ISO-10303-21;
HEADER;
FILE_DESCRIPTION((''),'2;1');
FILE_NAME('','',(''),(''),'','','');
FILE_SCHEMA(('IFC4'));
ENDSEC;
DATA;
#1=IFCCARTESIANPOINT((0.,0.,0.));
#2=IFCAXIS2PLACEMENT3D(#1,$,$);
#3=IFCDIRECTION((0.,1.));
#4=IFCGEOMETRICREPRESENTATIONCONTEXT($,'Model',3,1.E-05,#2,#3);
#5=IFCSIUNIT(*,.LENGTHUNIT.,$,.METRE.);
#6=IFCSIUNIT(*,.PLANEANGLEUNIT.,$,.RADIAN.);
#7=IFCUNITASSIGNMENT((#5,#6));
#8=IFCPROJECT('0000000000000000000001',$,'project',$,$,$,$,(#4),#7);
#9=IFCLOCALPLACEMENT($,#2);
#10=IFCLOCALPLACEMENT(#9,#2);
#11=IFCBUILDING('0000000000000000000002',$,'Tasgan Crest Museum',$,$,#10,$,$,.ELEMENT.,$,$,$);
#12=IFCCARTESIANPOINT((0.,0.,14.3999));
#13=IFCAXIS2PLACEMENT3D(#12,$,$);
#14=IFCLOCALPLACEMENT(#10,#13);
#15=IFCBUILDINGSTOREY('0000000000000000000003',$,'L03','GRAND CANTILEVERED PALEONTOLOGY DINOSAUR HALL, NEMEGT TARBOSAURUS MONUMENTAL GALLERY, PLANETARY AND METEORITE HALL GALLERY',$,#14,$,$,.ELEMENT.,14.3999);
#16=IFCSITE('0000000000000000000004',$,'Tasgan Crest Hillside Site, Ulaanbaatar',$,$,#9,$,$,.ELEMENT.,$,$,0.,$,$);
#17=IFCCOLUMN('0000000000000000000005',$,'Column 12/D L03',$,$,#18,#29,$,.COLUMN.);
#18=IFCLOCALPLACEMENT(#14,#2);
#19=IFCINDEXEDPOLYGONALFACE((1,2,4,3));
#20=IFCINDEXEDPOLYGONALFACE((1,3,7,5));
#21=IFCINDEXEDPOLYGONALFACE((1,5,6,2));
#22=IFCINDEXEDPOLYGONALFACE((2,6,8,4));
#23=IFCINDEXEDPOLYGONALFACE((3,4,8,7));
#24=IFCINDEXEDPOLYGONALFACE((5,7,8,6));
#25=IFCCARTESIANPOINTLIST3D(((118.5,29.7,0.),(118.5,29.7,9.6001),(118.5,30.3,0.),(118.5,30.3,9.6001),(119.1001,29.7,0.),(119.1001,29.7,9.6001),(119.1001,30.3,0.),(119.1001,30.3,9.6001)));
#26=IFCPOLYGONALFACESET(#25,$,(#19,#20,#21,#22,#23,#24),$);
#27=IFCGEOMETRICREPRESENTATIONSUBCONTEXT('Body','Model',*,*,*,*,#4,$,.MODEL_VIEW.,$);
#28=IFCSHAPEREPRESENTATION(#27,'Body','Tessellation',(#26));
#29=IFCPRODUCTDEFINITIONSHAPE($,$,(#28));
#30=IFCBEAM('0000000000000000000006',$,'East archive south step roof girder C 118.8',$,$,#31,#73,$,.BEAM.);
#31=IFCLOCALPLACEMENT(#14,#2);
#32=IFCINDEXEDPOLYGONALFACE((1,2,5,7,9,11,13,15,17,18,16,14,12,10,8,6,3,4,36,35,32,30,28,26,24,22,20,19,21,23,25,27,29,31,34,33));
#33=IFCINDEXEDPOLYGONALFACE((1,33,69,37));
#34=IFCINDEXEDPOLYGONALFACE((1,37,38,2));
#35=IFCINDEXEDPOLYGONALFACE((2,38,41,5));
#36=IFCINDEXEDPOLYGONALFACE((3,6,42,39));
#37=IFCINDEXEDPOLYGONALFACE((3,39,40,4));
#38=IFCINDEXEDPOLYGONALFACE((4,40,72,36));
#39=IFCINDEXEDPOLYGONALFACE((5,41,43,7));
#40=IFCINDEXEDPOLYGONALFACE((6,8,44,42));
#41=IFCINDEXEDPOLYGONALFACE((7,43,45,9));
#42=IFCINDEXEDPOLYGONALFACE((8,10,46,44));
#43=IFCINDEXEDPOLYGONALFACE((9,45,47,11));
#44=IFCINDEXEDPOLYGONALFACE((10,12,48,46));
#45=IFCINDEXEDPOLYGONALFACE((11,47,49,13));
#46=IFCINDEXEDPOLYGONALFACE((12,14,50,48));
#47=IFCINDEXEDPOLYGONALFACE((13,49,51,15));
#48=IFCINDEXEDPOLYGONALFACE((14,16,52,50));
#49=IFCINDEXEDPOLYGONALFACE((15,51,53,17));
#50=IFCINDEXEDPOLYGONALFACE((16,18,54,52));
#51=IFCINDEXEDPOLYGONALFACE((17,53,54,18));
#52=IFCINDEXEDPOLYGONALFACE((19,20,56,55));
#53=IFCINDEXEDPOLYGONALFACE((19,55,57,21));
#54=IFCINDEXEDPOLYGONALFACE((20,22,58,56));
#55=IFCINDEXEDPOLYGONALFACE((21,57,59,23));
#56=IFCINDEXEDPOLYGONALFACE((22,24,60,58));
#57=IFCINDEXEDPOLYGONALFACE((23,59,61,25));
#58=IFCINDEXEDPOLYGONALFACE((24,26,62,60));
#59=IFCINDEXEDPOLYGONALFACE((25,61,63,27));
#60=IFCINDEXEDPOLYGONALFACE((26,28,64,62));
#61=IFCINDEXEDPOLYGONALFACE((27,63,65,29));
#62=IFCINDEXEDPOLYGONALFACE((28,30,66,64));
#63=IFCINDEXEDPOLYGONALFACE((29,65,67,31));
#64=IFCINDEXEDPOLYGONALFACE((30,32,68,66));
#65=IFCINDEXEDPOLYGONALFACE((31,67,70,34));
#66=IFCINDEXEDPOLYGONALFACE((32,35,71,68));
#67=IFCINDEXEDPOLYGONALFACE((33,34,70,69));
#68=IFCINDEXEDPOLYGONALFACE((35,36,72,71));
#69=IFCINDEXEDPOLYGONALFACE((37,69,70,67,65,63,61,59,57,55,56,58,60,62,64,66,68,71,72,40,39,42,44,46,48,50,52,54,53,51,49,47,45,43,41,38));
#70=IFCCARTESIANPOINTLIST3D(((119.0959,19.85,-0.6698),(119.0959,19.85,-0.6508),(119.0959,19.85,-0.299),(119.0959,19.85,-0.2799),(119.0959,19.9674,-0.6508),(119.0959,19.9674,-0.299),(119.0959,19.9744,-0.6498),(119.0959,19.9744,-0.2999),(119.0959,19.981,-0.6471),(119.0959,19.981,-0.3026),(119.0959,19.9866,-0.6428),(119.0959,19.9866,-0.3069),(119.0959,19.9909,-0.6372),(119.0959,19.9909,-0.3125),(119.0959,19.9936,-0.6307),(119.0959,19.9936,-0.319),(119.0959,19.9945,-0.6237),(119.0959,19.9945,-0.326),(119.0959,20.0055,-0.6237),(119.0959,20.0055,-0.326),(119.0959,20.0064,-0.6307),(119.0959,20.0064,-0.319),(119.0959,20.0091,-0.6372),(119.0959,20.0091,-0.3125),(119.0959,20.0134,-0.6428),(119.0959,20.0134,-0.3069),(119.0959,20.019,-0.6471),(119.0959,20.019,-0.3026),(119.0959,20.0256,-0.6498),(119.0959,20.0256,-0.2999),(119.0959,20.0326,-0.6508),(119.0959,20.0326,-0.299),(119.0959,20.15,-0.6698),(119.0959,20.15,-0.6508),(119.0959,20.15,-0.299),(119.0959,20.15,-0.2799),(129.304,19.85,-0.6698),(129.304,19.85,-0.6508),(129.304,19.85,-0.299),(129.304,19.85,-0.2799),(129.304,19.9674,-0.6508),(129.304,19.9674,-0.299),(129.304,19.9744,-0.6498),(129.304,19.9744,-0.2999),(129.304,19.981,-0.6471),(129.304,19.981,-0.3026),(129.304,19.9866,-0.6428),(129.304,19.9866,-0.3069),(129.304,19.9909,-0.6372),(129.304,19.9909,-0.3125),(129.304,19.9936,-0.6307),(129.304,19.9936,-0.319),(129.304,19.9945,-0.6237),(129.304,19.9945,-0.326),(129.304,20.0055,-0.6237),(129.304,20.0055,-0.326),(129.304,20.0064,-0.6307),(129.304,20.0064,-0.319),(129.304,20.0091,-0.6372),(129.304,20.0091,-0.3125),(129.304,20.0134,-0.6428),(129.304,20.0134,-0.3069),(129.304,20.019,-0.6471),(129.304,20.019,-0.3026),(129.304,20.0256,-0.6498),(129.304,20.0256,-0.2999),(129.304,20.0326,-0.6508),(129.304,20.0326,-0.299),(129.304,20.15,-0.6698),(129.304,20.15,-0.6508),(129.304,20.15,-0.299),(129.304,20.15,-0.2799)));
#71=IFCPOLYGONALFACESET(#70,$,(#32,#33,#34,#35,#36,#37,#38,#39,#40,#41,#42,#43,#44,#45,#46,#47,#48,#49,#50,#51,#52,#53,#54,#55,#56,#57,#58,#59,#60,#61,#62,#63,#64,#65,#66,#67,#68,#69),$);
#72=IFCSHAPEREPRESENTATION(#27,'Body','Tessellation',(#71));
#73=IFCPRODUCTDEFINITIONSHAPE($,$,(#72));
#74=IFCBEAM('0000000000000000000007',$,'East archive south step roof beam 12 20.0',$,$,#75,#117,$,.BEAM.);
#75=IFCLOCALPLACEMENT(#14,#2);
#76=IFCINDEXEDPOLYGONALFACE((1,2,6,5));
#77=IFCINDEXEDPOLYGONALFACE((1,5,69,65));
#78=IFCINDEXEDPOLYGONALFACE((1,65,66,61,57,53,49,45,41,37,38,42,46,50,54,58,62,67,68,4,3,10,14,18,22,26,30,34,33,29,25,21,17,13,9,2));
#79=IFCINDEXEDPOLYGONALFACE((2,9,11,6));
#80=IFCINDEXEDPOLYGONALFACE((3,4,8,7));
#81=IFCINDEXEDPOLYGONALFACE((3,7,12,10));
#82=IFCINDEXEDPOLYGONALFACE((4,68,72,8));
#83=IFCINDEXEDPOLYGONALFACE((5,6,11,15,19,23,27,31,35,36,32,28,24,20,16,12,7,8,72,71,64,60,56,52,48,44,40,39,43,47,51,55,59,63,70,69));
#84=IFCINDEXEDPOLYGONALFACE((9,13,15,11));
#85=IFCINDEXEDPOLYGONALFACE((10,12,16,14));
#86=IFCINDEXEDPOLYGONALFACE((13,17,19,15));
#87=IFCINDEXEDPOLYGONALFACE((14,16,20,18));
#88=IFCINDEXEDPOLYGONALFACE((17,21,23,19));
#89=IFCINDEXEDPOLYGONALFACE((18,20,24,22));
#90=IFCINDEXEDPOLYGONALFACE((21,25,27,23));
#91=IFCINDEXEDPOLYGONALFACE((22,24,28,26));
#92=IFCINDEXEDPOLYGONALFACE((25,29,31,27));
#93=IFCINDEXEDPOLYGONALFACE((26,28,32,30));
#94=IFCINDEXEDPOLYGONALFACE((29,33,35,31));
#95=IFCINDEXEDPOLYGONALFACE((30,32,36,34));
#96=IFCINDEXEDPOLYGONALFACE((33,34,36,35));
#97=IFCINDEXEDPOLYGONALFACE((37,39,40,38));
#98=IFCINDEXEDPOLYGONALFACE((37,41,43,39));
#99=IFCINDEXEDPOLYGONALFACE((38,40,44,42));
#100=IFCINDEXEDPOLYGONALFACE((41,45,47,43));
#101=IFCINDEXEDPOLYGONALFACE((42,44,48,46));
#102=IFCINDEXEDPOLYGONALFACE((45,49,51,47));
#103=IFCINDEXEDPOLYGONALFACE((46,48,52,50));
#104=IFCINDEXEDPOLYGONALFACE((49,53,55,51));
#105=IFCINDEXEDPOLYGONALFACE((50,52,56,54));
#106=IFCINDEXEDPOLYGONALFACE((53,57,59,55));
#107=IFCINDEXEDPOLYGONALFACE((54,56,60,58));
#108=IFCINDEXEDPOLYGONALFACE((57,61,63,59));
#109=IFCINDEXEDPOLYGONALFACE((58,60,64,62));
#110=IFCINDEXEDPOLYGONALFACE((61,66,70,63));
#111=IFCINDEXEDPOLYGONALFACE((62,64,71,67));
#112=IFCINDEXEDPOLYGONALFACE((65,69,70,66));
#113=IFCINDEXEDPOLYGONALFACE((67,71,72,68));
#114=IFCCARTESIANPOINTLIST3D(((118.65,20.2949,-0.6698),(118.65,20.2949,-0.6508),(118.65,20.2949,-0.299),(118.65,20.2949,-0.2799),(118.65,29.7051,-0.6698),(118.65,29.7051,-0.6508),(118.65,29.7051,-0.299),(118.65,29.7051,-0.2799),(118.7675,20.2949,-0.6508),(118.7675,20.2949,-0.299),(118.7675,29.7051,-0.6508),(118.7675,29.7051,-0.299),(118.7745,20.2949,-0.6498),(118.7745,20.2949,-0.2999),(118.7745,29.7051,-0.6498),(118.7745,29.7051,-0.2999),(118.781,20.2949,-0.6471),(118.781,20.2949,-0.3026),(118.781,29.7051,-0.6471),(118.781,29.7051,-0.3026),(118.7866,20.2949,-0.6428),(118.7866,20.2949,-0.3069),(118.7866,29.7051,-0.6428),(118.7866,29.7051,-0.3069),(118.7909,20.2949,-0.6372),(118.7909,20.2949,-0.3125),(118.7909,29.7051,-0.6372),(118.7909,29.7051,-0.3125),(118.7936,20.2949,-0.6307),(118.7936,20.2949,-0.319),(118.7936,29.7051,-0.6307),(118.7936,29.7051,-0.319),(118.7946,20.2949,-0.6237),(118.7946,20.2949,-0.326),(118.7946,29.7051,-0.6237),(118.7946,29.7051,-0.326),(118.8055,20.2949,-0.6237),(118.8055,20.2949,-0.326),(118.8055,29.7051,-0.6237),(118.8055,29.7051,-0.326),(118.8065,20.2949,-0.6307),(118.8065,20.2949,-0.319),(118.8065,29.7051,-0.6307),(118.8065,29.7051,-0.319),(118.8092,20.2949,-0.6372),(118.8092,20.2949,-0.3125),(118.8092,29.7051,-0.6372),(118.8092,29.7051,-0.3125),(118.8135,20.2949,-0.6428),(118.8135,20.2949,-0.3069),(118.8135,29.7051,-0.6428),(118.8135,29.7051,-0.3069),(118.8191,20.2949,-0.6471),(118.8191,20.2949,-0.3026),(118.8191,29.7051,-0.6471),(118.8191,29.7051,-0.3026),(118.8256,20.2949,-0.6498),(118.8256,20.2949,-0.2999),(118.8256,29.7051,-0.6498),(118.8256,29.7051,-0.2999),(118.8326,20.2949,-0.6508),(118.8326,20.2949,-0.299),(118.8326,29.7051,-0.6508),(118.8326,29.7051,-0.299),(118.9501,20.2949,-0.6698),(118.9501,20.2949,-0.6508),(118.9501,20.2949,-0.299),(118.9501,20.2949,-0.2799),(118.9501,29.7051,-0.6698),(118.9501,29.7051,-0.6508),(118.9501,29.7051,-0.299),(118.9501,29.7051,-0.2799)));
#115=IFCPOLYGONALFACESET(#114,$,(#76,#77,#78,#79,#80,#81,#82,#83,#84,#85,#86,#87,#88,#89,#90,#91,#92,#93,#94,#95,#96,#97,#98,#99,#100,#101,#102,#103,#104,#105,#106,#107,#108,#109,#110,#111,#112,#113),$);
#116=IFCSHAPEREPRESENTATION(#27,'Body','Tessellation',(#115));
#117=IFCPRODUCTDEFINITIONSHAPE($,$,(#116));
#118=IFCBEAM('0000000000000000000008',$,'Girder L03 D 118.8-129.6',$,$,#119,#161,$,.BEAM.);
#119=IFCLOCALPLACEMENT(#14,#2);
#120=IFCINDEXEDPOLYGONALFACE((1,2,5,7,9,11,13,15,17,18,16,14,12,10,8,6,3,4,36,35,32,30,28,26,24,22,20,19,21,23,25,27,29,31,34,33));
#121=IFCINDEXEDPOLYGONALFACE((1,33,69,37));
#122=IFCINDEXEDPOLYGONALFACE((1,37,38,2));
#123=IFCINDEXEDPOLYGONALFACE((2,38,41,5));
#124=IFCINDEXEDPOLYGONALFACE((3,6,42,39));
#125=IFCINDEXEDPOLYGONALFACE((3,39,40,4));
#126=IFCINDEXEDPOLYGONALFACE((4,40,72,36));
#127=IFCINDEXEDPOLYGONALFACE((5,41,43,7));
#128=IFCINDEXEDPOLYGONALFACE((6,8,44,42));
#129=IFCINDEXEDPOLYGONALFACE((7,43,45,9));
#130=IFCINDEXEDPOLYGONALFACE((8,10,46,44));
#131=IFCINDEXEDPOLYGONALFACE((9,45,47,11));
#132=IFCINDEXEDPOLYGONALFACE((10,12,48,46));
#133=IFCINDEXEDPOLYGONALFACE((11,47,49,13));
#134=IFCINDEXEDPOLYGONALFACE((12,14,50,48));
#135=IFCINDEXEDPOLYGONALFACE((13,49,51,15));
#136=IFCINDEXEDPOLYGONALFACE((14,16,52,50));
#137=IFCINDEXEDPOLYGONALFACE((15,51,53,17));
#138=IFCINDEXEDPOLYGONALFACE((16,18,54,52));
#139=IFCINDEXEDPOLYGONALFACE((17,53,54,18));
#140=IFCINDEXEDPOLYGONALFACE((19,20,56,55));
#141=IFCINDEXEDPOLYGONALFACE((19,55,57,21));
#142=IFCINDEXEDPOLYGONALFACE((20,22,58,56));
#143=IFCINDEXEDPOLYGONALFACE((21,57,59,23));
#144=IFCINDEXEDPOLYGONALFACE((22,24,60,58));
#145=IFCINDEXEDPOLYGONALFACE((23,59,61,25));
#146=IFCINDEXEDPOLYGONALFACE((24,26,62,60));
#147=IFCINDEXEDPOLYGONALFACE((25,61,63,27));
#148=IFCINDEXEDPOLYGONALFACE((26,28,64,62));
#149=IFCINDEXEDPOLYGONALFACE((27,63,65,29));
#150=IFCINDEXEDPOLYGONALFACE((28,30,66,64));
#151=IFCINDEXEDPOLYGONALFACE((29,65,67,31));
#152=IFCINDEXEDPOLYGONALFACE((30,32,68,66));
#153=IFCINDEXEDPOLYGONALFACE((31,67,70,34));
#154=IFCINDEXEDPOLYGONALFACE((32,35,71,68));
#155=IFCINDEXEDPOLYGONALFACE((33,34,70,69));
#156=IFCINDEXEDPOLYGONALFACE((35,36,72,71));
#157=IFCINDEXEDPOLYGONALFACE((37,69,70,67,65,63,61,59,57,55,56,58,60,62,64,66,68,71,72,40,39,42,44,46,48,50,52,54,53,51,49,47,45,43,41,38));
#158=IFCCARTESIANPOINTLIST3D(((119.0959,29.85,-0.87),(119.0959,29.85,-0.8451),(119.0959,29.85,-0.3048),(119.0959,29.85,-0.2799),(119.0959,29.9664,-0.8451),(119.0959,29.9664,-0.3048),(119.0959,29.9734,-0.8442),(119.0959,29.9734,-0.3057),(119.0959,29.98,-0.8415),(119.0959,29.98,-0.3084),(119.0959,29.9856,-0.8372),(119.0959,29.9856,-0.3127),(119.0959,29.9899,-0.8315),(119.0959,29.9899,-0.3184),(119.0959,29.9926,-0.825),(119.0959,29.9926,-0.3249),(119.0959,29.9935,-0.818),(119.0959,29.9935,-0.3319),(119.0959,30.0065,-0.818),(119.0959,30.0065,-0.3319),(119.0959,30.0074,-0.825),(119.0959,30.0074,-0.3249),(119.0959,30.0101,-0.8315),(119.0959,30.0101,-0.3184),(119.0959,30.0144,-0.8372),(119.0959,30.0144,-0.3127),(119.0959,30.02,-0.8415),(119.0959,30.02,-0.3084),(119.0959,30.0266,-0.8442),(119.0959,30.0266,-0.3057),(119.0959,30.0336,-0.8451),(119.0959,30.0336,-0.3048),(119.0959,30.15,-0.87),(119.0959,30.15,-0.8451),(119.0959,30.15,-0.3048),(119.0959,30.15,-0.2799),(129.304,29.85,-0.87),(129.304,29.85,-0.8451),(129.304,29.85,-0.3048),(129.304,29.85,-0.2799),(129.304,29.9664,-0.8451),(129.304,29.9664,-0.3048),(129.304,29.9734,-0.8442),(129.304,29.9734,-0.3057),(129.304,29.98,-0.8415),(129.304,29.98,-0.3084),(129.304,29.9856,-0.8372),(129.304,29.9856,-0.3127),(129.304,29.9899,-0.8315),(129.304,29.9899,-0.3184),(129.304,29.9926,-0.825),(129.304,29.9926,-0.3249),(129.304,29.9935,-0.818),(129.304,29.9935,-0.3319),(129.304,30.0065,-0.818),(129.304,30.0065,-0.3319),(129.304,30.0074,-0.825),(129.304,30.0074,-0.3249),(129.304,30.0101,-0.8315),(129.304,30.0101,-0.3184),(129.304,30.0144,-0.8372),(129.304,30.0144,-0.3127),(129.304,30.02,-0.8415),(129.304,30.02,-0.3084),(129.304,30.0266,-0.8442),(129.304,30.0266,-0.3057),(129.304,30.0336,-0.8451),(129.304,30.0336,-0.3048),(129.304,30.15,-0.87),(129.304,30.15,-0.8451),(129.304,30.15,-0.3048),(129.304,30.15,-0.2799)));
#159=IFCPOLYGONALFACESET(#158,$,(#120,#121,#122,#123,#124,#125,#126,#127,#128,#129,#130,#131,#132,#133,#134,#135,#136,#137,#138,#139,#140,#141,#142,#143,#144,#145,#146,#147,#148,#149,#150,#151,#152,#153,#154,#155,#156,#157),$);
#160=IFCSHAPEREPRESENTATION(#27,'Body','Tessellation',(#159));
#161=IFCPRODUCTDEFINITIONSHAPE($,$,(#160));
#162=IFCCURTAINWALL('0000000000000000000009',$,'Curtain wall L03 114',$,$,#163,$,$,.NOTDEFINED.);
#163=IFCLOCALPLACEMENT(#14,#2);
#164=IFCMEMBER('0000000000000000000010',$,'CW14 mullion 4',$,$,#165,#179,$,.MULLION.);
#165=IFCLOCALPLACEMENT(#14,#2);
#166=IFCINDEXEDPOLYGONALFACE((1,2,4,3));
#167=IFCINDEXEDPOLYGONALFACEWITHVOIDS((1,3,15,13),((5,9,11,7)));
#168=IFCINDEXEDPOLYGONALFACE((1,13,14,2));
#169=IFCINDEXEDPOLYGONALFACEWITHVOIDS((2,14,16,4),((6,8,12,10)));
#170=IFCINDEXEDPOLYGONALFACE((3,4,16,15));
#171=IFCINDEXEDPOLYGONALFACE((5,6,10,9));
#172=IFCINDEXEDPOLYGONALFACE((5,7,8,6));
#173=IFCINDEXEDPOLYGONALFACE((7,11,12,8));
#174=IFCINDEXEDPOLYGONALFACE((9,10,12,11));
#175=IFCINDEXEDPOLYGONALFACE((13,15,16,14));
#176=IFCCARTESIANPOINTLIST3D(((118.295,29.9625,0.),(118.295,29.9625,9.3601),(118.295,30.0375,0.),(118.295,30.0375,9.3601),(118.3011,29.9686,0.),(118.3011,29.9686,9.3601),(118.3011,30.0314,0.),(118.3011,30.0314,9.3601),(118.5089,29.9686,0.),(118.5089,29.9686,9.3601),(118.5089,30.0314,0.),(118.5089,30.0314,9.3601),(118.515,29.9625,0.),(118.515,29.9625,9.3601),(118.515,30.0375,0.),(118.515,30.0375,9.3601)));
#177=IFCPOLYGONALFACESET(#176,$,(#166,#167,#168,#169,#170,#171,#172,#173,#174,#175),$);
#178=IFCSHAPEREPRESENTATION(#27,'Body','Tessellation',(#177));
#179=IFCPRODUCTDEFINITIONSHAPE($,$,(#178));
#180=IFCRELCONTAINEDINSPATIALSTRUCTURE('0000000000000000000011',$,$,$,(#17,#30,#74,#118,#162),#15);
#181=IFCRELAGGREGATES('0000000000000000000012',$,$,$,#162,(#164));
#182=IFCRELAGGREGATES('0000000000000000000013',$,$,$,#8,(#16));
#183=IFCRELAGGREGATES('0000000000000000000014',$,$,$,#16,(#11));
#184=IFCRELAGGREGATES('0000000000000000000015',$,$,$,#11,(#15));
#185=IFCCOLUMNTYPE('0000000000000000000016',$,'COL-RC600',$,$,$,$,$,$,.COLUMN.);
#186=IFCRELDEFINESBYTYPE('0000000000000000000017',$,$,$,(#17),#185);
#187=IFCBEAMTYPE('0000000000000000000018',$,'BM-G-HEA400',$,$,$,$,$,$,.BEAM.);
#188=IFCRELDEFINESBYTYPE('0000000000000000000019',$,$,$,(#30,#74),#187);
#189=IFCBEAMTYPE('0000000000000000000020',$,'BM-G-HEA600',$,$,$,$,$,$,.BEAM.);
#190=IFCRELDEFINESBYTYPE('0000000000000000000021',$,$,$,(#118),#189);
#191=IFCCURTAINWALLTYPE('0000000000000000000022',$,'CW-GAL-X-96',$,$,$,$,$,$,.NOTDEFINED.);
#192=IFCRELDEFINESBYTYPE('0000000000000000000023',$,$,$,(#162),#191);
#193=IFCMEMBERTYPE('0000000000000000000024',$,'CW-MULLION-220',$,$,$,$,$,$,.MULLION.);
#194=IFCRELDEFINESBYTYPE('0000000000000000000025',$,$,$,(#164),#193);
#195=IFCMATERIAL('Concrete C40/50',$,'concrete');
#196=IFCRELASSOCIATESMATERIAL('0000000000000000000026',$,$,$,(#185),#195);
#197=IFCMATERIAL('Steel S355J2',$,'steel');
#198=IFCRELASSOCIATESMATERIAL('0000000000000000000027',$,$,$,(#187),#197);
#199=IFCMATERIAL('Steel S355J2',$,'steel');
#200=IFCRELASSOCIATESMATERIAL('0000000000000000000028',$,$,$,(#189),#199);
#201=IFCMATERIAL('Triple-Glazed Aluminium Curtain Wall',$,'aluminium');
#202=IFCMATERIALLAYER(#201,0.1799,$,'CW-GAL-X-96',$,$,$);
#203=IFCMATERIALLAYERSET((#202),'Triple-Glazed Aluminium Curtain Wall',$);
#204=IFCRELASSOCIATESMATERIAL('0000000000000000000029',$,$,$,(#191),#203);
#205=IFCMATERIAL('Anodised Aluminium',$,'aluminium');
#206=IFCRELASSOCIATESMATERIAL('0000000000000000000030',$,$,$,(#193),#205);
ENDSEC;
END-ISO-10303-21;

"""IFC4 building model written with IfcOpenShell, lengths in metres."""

from ifc_helpers import new_model, si_unit, direction, frame, origin, origin_2d, place, context, subcontext, project, spatial, rectangle, hollow_rectangle, i_section, extrude, material, layer, layer_set, material_profile, profile_set, type_object, element, aggregate, save


model = new_model("IFC4")

# Units and contexts
model_context = context("Model", 3, precision=1e-05, world=origin(), true_north=direction((0.0, 1.0)))
body_context = subcontext(model_context, "Body", "Model", "MODEL_VIEW")
ifc_project = project(units=[si_unit("LENGTHUNIT", "METRE"), si_unit("PLANEANGLEUNIT", "RADIAN")], contexts=[model_context])

# Site, building, storey
site_placement = place(None, origin())
site = spatial("IfcSite", under=ifc_project, at=site_placement, Name="Tasgan Crest Hillside Site, Ulaanbaatar", CompositionType="ELEMENT", RefElevation=0.0)
building_placement = place(site_placement, origin())
building = spatial("IfcBuilding", under=site, at=building_placement, Name="Tasgan Crest Museum", CompositionType="ELEMENT")
storey_placement = place(building_placement, frame((0.0, 0.0, 14.3999)))
storey = spatial("IfcBuildingStorey", under=building, at=storey_placement, Name="L03", Description="GRAND CANTILEVERED PALEONTOLOGY DINOSAUR HALL, NEMEGT TARBOSAURUS MONUMENTAL GALLERY, PLANETARY AND METEORITE HALL GALLERY", CompositionType="ELEMENT", Elevation=14.3999)

# Column
ifc_material_1 = material(Name="Concrete C40/50", Category="concrete")
ifc_material_profile_1 = material_profile(ifc_material_1, rectangle(XDim=0.6001, YDim=0.6001, at=origin_2d()), Name="RC 600x600")
ifc_profile_set_1 = profile_set([ifc_material_profile_1], Name="Concrete C40/50")
column_type = type_object("IfcColumnType", Name="COL-RC600", PredefinedType="COLUMN", material=ifc_profile_set_1)
column_placement = place(storey_placement, frame((118.8, 30.0, 0.0), z_axis=(0.0, 0.0, 1.0), x_axis=(1.0, 0.0, 0.0)))
element("IfcColumn", 1, at=column_placement, inside=storey, type_object=column_type, Name="Column 12/D L03", PredefinedType="COLUMN", context=body_context, shape_type="SweptSolid", body=[
    extrude(rectangle(XDim=0.6001, YDim=0.6001, at=origin_2d()), origin(), (0.0, 0.0, 1.0), 9.6001),
])

# Beams
ifc_material_2 = material(Name="Steel S355J2", Category="steel")
ifc_material_profile_2 = material_profile(ifc_material_2, i_section(OverallWidth=0.3, OverallDepth=0.3899, WebThickness=0.011, FlangeThickness=0.019, FilletRadius=0.0271, at=origin_2d()), Name="HEA 400")
ifc_profile_set_2 = profile_set([ifc_material_profile_2], Name="Steel S355J2")
beam_type_1 = type_object("IfcBeamType", Name="BM-G-HEA400", PredefinedType="BEAM", material=ifc_profile_set_2)
beam_1_placement = place(storey_placement, frame((119.0959, 20.0, -0.4749), z_axis=(1.0, 0.0, 0.0), x_axis=(0.0, 1.0, 0.0)))
element("IfcBeam", 2, at=beam_1_placement, inside=storey, type_object=beam_type_1, Name="East archive south step roof girder C 118.8", PredefinedType="BEAM", context=body_context, shape_type="SweptSolid", body=[
    extrude(i_section(OverallWidth=0.3, OverallDepth=0.3899, WebThickness=0.011, FlangeThickness=0.019, FilletRadius=0.0271, at=origin_2d()), origin(), (0.0, 0.0, 1.0), 10.208),
])
beam_2_placement = place(storey_placement, frame((118.8, 20.2949, -0.4749), z_axis=(0.0, 1.0, 0.0), x_axis=(-1.0, 0.0, 0.0)))
element("IfcBeam", 3, at=beam_2_placement, inside=storey, type_object=beam_type_1, Name="East archive south step roof beam 12 20.0", PredefinedType="BEAM", context=body_context, shape_type="SweptSolid", body=[
    extrude(i_section(OverallWidth=0.3, OverallDepth=0.3899, WebThickness=0.011, FlangeThickness=0.019, FilletRadius=0.0271, at=origin_2d()), origin(), (0.0, 0.0, 1.0), 9.4102),
])
ifc_material_3 = material(Name="Steel S355J2", Category="steel")
ifc_material_profile_3 = material_profile(ifc_material_3, i_section(OverallWidth=0.3, OverallDepth=0.5901, WebThickness=0.0129, FlangeThickness=0.0249, FilletRadius=0.0271, at=origin_2d()), Name="HEA 600")
ifc_profile_set_3 = profile_set([ifc_material_profile_3], Name="Steel S355J2")
beam_type_2 = type_object("IfcBeamType", Name="BM-G-HEA600", PredefinedType="BEAM", material=ifc_profile_set_3)
beam_3_placement = place(storey_placement, frame((119.0959, 30.0, -0.575), z_axis=(1.0, 0.0, 0.0), x_axis=(0.0, 1.0, 0.0)))
element("IfcBeam", 4, at=beam_3_placement, inside=storey, type_object=beam_type_2, Name="Girder L03 D 118.8-129.6", PredefinedType="BEAM", context=body_context, shape_type="SweptSolid", body=[
    extrude(i_section(OverallWidth=0.3, OverallDepth=0.5901, WebThickness=0.0129, FlangeThickness=0.0249, FilletRadius=0.0271, at=origin_2d()), origin(), (0.0, 0.0, 1.0), 10.208),
])

# Curtain wall, member
ifc_material_4 = material(Name="Triple-Glazed Aluminium Curtain Wall", Category="aluminium")
ifc_layer_1 = layer(ifc_material_4, 0.1799, Name="CW-GAL-X-96")
ifc_layer_set_1 = layer_set([ifc_layer_1], Name="Triple-Glazed Aluminium Curtain Wall")
curtain_wall_type = type_object("IfcCurtainWallType", Name="CW-GAL-X-96", PredefinedType="NOTDEFINED", material=ifc_layer_set_1)
curtain_wall_1_placement = place(storey_placement, origin())
curtain_wall_1 = element("IfcCurtainWall", 5, at=curtain_wall_1_placement, inside=storey, type_object=curtain_wall_type, Name="Curtain wall L03 114", PredefinedType="NOTDEFINED")
ifc_material_5 = material(Name="Anodised Aluminium", Category="aluminium")
ifc_material_profile_4 = material_profile(ifc_material_5, hollow_rectangle(XDim=0.075, YDim=0.22, WallThickness=0.0061, at=origin_2d()), Name="ALU MULLION 220x75x6")
ifc_profile_set_4 = profile_set([ifc_material_profile_4], Name="Anodised Aluminium")
member_type_1 = type_object("IfcMemberType", Name="CW-MULLION-220", PredefinedType="MULLION", material=ifc_profile_set_4)
member_1_placement = place(storey_placement, frame((118.405, 30.0, 0.0), z_axis=(0.0, 0.0, 1.0), x_axis=(0.0, 1.0, 0.0)))
member_1 = element("IfcMember", 6, at=member_1_placement, type_object=member_type_1, Name="CW14 mullion 4", PredefinedType="MULLION", context=body_context, shape_type="SweptSolid", body=[
    extrude(hollow_rectangle(XDim=0.075, YDim=0.22, WallThickness=0.0061, at=origin_2d()), origin(), (0.0, 0.0, 1.0), 9.3601),
])

aggregate(curtain_wall_1, [member_1])

save(model, "model.ifc")
